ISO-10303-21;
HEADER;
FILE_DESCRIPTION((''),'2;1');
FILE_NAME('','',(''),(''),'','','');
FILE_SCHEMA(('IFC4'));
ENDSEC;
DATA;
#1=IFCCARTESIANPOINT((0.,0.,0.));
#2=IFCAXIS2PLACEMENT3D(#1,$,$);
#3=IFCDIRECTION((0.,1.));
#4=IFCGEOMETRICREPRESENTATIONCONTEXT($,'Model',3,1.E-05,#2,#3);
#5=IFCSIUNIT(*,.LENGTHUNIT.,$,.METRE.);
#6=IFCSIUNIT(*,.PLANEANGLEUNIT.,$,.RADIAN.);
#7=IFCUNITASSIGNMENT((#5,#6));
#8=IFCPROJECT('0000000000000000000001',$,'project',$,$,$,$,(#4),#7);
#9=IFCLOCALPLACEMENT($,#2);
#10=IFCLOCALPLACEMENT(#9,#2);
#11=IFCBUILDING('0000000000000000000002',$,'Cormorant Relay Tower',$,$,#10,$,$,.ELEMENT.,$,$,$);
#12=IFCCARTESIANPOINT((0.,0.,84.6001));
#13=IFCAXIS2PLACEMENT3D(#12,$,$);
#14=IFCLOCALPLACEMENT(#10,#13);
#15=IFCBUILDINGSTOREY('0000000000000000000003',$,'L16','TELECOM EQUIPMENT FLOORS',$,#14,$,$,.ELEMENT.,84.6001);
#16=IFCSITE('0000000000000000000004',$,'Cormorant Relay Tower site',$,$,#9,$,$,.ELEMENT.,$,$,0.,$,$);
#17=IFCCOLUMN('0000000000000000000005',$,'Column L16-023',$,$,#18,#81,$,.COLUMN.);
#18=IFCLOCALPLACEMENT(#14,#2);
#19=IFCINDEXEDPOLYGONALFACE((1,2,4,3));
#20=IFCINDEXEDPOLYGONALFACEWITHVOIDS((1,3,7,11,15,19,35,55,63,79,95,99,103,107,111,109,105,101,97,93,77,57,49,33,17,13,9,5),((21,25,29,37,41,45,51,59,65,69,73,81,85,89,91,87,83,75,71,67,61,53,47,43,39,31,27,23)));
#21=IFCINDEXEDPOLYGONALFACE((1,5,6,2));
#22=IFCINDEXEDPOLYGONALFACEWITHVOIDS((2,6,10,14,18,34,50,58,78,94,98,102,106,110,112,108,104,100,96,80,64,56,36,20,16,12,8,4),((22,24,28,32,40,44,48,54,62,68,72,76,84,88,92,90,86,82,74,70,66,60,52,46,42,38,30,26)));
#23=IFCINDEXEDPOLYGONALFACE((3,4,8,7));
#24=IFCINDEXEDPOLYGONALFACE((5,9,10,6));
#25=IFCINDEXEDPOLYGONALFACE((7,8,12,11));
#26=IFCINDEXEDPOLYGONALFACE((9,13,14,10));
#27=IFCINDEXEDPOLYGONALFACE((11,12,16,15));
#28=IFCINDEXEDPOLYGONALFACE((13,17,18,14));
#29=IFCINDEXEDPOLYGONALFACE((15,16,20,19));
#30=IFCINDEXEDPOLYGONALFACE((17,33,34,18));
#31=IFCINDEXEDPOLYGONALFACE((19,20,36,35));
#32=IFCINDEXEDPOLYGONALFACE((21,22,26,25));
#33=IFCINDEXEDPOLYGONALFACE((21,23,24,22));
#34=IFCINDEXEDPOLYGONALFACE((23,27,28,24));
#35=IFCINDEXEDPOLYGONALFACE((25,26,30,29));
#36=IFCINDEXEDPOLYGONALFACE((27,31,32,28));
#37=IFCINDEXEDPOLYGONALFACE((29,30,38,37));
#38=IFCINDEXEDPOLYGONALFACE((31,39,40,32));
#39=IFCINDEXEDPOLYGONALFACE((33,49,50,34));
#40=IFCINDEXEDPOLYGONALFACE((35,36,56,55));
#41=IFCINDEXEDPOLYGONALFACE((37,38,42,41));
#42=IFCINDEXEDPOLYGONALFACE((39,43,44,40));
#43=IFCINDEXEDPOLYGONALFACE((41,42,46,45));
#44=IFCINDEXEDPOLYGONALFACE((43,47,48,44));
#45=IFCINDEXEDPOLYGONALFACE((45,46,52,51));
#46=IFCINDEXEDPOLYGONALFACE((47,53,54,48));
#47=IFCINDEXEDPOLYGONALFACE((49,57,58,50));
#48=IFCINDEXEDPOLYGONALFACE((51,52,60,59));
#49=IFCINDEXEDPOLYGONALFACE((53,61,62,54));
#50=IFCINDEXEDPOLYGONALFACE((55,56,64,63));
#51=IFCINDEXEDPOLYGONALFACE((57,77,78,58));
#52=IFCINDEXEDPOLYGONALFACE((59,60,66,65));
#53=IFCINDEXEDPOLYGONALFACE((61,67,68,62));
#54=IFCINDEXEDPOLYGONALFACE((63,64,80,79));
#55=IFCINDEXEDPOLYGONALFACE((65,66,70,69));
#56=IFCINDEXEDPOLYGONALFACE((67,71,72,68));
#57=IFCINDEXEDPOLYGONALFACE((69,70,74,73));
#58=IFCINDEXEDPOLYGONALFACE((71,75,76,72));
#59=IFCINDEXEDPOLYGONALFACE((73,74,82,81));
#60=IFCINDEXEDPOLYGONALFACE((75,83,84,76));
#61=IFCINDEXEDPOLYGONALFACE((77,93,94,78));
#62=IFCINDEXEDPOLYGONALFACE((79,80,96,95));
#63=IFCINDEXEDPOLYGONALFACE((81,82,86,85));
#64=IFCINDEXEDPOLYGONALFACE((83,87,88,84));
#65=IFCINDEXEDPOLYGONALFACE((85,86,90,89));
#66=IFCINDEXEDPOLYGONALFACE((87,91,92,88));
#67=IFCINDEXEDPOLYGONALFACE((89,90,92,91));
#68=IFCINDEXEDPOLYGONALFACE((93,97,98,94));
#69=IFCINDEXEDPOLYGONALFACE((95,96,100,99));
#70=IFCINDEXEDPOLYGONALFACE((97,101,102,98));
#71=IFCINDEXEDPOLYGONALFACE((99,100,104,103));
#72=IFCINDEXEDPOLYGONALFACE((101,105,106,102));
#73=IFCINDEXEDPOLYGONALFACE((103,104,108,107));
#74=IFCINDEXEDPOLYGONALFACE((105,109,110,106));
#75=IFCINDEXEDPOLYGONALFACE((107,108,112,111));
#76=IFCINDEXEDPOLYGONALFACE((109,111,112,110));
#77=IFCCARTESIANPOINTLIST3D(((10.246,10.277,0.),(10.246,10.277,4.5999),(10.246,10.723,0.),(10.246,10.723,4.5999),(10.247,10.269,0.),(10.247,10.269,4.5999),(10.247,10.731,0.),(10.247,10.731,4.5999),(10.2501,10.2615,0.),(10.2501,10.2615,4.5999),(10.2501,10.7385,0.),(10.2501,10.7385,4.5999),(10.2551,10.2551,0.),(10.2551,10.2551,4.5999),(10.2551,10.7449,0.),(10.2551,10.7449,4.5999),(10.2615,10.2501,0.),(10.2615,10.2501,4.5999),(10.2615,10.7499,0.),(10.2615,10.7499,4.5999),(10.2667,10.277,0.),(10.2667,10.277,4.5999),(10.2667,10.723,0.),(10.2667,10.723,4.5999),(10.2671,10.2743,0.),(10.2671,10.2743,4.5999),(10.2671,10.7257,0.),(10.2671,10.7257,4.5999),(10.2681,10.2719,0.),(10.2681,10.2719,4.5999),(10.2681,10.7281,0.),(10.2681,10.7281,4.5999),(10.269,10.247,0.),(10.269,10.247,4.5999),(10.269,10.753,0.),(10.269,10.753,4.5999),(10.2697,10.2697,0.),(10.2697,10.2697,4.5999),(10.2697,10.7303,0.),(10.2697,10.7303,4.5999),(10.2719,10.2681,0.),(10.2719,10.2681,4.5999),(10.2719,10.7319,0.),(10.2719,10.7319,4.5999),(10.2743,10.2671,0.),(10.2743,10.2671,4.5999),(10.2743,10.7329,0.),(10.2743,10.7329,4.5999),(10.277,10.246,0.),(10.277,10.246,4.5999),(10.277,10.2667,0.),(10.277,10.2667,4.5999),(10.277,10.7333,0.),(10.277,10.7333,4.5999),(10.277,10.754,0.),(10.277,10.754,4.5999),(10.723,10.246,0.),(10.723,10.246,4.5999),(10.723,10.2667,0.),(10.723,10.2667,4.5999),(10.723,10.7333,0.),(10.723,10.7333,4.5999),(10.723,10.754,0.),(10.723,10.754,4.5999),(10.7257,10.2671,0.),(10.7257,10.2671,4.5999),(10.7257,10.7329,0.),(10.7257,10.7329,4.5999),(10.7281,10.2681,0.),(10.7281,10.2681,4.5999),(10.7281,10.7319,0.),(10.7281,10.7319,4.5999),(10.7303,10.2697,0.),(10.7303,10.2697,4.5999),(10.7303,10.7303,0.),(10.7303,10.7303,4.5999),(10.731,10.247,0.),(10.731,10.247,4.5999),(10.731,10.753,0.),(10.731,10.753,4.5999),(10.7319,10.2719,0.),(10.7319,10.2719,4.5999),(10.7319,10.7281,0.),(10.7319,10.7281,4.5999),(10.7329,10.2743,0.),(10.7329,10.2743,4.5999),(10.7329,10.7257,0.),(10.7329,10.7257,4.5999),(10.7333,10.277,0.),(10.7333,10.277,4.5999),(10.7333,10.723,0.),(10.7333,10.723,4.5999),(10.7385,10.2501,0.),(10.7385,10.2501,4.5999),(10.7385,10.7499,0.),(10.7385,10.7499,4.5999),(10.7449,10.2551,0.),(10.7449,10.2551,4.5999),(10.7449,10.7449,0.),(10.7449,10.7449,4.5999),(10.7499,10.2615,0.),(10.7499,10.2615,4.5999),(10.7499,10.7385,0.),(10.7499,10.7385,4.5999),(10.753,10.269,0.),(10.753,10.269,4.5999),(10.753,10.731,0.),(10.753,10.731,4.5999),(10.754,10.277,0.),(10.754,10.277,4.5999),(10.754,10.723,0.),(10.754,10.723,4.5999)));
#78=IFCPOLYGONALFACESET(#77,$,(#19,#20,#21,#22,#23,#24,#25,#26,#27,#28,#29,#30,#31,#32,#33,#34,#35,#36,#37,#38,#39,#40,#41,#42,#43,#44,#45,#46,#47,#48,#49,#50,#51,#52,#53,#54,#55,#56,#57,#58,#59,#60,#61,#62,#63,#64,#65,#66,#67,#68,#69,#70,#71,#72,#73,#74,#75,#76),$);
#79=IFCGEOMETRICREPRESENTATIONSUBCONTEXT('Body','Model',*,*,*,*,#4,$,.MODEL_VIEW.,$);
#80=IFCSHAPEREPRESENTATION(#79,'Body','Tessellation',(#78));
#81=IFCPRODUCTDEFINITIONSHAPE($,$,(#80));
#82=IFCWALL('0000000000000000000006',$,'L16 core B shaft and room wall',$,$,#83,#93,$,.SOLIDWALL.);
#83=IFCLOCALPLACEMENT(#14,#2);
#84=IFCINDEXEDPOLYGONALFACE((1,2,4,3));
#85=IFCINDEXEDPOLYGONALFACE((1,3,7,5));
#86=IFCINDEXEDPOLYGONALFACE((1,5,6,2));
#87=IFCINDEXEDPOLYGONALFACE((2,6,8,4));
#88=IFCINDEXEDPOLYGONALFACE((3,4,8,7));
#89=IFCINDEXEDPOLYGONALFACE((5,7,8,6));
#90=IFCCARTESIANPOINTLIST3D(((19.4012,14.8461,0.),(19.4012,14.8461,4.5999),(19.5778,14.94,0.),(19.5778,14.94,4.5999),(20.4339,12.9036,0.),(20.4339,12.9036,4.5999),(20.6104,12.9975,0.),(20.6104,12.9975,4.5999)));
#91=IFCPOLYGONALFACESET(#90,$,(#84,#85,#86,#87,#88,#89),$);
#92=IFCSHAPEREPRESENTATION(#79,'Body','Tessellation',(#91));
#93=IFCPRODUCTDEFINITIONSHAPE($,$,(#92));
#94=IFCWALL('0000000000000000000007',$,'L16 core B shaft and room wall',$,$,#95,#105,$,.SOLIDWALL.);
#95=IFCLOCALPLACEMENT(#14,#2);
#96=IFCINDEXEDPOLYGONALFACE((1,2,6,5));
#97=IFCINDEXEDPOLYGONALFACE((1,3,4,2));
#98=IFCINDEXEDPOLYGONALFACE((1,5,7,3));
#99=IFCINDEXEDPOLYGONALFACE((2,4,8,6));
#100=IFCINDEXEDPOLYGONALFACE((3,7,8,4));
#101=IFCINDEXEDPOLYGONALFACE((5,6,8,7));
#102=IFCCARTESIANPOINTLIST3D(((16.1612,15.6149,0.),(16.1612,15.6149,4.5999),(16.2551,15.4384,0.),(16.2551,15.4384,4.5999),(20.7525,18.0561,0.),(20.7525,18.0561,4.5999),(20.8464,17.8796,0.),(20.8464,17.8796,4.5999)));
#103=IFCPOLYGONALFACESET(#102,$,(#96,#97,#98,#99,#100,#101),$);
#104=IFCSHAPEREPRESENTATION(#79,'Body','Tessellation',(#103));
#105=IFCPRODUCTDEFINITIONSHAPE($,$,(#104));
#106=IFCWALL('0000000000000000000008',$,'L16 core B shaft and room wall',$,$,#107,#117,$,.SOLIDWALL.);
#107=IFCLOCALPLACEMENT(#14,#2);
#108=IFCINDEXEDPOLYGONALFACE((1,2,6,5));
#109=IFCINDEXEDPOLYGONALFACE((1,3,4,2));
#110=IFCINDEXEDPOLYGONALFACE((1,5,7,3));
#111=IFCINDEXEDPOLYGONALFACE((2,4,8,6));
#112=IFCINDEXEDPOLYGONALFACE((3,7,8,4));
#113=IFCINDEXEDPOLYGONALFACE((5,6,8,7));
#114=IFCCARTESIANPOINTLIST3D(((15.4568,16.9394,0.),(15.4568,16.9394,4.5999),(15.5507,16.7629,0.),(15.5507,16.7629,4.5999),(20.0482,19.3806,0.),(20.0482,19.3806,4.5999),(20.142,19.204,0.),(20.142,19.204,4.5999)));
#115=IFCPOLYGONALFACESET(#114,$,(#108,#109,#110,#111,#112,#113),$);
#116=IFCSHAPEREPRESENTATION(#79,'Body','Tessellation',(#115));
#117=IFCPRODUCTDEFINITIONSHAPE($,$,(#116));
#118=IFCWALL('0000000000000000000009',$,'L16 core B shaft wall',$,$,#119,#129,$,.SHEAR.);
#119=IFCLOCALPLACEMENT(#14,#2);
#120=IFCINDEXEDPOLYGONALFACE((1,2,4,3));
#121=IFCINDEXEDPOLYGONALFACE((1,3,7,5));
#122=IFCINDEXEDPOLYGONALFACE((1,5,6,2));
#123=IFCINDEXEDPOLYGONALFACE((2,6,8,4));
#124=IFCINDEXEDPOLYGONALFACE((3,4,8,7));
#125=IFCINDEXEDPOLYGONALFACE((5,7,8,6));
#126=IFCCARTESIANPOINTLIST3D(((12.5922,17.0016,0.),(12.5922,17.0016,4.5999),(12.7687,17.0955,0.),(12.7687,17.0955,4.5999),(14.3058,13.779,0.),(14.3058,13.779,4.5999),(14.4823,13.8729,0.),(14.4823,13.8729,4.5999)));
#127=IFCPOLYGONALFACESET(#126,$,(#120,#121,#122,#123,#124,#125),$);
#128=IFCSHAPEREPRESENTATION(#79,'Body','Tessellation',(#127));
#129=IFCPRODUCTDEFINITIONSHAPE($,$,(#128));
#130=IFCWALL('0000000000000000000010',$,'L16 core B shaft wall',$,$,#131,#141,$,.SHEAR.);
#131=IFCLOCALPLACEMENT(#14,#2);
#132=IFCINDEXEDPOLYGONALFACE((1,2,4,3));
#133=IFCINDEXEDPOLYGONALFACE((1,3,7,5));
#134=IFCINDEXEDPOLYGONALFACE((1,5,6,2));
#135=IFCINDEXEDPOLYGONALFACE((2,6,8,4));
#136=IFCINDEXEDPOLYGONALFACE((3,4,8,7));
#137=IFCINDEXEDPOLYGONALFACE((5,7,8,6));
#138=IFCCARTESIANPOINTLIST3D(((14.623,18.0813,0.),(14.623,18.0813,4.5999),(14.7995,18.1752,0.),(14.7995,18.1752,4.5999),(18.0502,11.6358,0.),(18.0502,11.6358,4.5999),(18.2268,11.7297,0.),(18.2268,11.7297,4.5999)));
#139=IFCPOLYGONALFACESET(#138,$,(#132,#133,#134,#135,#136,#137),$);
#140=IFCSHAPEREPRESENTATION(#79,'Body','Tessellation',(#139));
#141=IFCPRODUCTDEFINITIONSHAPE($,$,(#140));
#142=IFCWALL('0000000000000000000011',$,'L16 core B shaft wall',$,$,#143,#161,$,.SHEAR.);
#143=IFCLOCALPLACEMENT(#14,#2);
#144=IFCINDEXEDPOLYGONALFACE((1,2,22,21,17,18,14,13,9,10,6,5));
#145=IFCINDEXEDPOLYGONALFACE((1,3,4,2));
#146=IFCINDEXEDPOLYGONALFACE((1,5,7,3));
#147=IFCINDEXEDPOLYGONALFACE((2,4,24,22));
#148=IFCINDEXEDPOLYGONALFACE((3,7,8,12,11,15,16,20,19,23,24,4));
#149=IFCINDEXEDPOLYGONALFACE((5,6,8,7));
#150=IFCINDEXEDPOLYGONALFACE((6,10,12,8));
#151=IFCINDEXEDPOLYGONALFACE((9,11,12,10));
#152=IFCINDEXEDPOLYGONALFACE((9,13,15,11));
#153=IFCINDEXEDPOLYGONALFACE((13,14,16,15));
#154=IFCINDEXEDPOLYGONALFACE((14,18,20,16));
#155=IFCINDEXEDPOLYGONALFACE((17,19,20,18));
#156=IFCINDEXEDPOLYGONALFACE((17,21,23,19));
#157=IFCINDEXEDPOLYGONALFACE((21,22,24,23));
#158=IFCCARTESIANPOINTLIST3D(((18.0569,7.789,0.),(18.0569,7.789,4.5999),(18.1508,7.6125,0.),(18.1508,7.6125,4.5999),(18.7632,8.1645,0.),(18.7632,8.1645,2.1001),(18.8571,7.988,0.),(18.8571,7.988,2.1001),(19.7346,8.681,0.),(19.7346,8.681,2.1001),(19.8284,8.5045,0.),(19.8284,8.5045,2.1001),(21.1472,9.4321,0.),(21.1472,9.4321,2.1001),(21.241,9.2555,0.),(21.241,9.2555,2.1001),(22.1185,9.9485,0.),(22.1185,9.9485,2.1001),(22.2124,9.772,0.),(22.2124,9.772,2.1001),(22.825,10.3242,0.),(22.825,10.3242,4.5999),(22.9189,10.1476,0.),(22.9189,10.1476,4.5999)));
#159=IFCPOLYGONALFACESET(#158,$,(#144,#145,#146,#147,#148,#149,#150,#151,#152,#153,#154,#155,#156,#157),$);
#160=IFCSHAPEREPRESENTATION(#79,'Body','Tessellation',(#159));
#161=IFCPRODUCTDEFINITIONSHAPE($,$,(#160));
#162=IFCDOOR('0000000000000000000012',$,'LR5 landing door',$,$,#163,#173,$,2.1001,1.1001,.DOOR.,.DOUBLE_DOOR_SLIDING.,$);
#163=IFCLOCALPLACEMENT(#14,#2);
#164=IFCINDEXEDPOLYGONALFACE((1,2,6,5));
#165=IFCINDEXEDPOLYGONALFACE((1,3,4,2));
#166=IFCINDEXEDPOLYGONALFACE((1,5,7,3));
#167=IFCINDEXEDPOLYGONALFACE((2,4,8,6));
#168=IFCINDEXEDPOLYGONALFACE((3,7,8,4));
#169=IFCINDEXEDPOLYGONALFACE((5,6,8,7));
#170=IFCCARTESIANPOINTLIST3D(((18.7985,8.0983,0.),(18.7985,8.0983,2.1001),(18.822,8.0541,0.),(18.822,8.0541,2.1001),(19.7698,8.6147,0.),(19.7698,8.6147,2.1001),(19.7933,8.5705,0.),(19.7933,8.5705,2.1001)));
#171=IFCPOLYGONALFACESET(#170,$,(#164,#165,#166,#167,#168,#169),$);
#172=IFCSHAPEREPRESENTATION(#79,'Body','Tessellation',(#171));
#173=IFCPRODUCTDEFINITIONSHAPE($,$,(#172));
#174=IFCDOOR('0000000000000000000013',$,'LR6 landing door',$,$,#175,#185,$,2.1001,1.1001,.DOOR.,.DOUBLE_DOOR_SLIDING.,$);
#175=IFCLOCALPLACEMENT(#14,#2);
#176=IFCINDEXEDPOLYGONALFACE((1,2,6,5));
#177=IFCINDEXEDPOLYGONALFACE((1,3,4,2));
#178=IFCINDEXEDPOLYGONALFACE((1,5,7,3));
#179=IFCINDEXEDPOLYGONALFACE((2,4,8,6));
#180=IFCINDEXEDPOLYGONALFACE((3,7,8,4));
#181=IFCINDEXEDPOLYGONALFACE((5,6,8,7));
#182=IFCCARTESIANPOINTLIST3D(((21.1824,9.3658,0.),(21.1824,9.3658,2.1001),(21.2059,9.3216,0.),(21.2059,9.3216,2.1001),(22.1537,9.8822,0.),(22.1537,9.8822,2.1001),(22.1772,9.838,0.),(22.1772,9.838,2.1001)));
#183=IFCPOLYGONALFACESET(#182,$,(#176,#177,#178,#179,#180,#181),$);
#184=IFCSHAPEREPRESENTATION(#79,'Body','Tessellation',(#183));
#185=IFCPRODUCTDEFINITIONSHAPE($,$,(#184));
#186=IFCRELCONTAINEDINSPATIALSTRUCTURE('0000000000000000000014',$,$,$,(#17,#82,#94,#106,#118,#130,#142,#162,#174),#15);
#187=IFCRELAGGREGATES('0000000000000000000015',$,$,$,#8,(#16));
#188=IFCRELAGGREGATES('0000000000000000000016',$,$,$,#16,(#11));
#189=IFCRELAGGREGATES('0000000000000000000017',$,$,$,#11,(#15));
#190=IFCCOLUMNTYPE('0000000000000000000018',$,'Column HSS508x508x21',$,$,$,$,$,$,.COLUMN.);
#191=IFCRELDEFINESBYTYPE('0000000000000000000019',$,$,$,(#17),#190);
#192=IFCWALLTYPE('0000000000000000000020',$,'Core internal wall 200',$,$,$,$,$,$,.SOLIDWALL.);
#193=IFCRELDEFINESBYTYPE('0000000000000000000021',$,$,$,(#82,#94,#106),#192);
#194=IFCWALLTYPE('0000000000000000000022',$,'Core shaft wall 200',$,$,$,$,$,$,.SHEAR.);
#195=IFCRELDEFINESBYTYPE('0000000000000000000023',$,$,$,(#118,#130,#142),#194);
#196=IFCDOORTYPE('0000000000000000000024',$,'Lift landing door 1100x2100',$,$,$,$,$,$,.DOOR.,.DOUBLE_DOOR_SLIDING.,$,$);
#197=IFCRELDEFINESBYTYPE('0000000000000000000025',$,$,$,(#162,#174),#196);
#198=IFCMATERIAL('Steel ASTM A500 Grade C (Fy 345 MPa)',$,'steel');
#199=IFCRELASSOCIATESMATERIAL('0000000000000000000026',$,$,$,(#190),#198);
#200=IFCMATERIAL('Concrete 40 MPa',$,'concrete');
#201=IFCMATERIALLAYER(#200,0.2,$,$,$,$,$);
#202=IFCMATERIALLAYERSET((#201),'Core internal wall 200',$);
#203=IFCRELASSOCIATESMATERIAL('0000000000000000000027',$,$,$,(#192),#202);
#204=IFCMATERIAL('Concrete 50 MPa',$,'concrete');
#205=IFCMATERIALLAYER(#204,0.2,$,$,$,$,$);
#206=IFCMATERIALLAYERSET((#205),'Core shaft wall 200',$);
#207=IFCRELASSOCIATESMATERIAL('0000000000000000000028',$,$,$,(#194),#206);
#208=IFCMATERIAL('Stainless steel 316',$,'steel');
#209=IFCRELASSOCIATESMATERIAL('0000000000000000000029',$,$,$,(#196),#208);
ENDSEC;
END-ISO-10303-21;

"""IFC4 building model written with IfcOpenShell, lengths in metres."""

from ifc_helpers import new_model, si_unit, direction, frame, frame_2d, origin, origin_2d, place, context, subcontext, project, spatial, rectangle, hollow_rectangle, extrude, material, layer, layer_set, material_profile, profile_set, type_object, element, fill, save


model = new_model("IFC4")

# Units and contexts
model_context = context("Model", 3, precision=1e-05, world=origin(), true_north=direction((0.0, 1.0)))
body_context = subcontext(model_context, "Body", "Model", "MODEL_VIEW")
ifc_project = project(units=[si_unit("LENGTHUNIT", "METRE"), si_unit("PLANEANGLEUNIT", "RADIAN")], contexts=[model_context])

# Site, building, storey
site_placement = place(None, origin())
site = spatial("IfcSite", under=ifc_project, at=site_placement, Name="Cormorant Relay Tower site", CompositionType="ELEMENT", RefElevation=0.0)
building_placement = place(site_placement, origin())
building = spatial("IfcBuilding", under=site, at=building_placement, Name="Cormorant Relay Tower", CompositionType="ELEMENT")
storey_placement = place(building_placement, frame((0.0, 0.0, 84.6001)))
storey = spatial("IfcBuildingStorey", under=building, at=storey_placement, Name="L16", Description="TELECOM EQUIPMENT FLOORS", CompositionType="ELEMENT", Elevation=84.6001)

# Column
ifc_material_1 = material(Name="Steel ASTM A500 Grade C (Fy 345 MPa)", Category="steel")
ifc_material_profile = material_profile(ifc_material_1, hollow_rectangle(XDim=0.5081, YDim=0.5081, WallThickness=0.0208, InnerFilletRadius=0.0103, OuterFilletRadius=0.031, at=origin_2d()), Name="HSS508x508x21")
ifc_profile_set = profile_set([ifc_material_profile], Name="Steel ASTM A500 Grade C (Fy 345 MPa)")
column_type = type_object("IfcColumnType", Name="Column HSS508x508x21", PredefinedType="COLUMN", material=ifc_profile_set)
column_placement = place(storey_placement, frame((10.5, 10.5, 0.0), z_axis=(0.0, 0.0, 1.0), x_axis=(1.0, 0.0, 0.0)))
element("IfcColumn", 1, at=column_placement, inside=storey, type_object=column_type, Name="Column L16-023", PredefinedType="COLUMN", context=body_context, shape_type="SweptSolid", body=[
    extrude(hollow_rectangle(XDim=0.5081, YDim=0.5081, WallThickness=0.0208, InnerFilletRadius=0.0103, OuterFilletRadius=0.031, at=origin_2d()), origin(), (0.0, 0.0, 1.0), 4.5999),
])

# Walls
ifc_material_2 = material(Name="Concrete 40 MPa", Category="concrete")
ifc_layer_1 = layer(ifc_material_2, 0.2)
ifc_layer_set_1 = layer_set([ifc_layer_1], Name="Core internal wall 200")
wall_type_1 = type_object("IfcWallType", Name="Core internal wall 200", PredefinedType="SOLIDWALL", material=ifc_layer_set_1)
wall_1_placement = place(storey_placement, frame((20.5222, 12.9504, 0.0), z_axis=(0.0, 0.0, 1.0), x_axis=(-0.469401, 0.882985, 0.0)))
element("IfcWall", 2, at=wall_1_placement, inside=storey, type_object=wall_type_1, Name="L16 core B shaft and room wall", PredefinedType="SOLIDWALL", context=body_context, shape_type="SweptSolid", body=[
    extrude(rectangle(XDim=2.2, YDim=0.2, at=frame_2d((1.1001, 0.0))), origin(), (0.0, 0.0, 1.0), 4.5999),
])
for number, where, z_axis, x_axis, name in (
    (3, (16.208, 15.5266, 0.0), (0.0, 0.0, 1.0), (0.882954, 0.46946, 0.0), "L16 core B shaft and room wall"),
    (4, (15.5037, 16.8511, 0.0), (0.0, 0.0, 1.0), (0.882954, 0.46946, 0.0), "L16 core B shaft and room wall"),
):
    element("IfcWall", number, at=place(storey_placement, frame(where, z_axis=z_axis, x_axis=x_axis)), inside=storey, type_object=wall_type_1, Name=name, PredefinedType="SOLIDWALL", context=body_context, shape_type="SweptSolid", body=[
        extrude(rectangle(XDim=5.2, YDim=0.2, at=frame_2d((2.6001, 0.0))), origin(), (0.0, 0.0, 1.0), 4.5999),
    ])
ifc_material_3 = material(Name="Concrete 50 MPa", Category="concrete")
ifc_layer_2 = layer(ifc_material_3, 0.2)
ifc_layer_set_2 = layer_set([ifc_layer_2], Name="Core shaft wall 200")
wall_type_2 = type_object("IfcWallType", Name="Core shaft wall 200", PredefinedType="SHEAR", material=ifc_layer_set_2)
wall_2_placement = place(storey_placement, frame((14.394, 13.8259, 0.0), z_axis=(0.0, 0.0, 1.0), x_axis=(-0.469494, 0.882936, 0.0)))
element("IfcWall", 5, at=wall_2_placement, inside=storey, type_object=wall_type_2, Name="L16 core B shaft wall", PredefinedType="SHEAR", context=body_context, shape_type="SweptSolid", body=[
    extrude(rectangle(XDim=3.6499, YDim=0.2, at=frame_2d((1.825, 0.0))), origin(), (0.0, 0.0, 1.0), 4.5999),
])
wall_3_placement = place(storey_placement, frame((18.1384, 11.6829, 0.0), z_axis=(0.0, 0.0, 1.0), x_axis=(-0.46948, 0.882943, 0.0)))
element("IfcWall", 6, at=wall_3_placement, inside=storey, type_object=wall_type_2, Name="L16 core B shaft wall", PredefinedType="SHEAR", context=body_context, shape_type="SweptSolid", body=[
    extrude(rectangle(XDim=7.3, YDim=0.2, at=frame_2d((3.6499, 0.0))), origin(), (0.0, 0.0, 1.0), 4.5999),
])

# Wall, openings, doors
wall_4_placement = place(storey_placement, frame((18.1038, 7.7007, 0.0), z_axis=(0.0, 0.0, 1.0), x_axis=(0.882953, 0.469462, 0.0)))
wall_4 = element("IfcWall", 7, at=wall_4_placement, inside=storey, type_object=wall_type_2, Name="L16 core B shaft wall", PredefinedType="SHEAR", context=body_context, shape_type="SweptSolid", body=[
    extrude(rectangle(XDim=5.4001, YDim=0.2, at=frame_2d((2.7002, 0.0))), origin(), (0.0, 0.0, 1.0), 4.5999),
])
opening_1_placement = place(wall_4_placement, frame((0.8, 0.0, 0.0)))
opening_1 = element("IfcOpeningElement", 8, at=opening_1_placement, cuts=wall_4, PredefinedType="OPENING", context=body_context, shape_type="SweptSolid", body=[
    extrude(rectangle(XDim=1.1001, YDim=2.1001, at=frame_2d((0.55, 1.05))), frame((0.0, 0.1099, 0.0), z_axis=(0.0, -1.0, 0.0), x_axis=(1.0, 0.0, 0.0)), (0.0, 0.0, 1.0), 0.22),
])
opening_2_placement = place(wall_4_placement, frame((3.5, 0.0, 0.0)))
opening_2 = element("IfcOpeningElement", 9, at=opening_2_placement, cuts=wall_4, PredefinedType="OPENING", context=body_context, shape_type="SweptSolid", body=[
    extrude(rectangle(XDim=1.1001, YDim=2.1001, at=frame_2d((0.55, 1.05))), frame((0.0, 0.1099, 0.0), z_axis=(0.0, -1.0, 0.0), x_axis=(1.0, 0.0, 0.0)), (0.0, 0.0, 1.0), 0.22),
])
ifc_material_4 = material(Name="Stainless steel 316", Category="steel")
door_type_1 = type_object("IfcDoorType", Name="Lift landing door 1100x2100", OperationType="DOUBLE_DOOR_SLIDING", PredefinedType="DOOR", material=ifc_material_4)
door_1_placement = place(opening_1_placement, origin())
door_1 = element("IfcDoor", 10, at=door_1_placement, inside=storey, type_object=door_type_1, Name="LR5 landing door", OperationType="DOUBLE_DOOR_SLIDING", OverallHeight=2.1001, OverallWidth=1.1001, PredefinedType="DOOR", context=body_context, shape_type="SweptSolid", body=[
    extrude(rectangle(XDim=1.1001, YDim=2.1001, at=frame_2d((0.55, 1.05))), frame((0.0, 0.0249, 0.0), z_axis=(0.0, -1.0, 0.0), x_axis=(1.0, 0.0, 0.0)), (0.0, 0.0, 1.0), 0.05),
])
fill(opening_1, door_1)
door_2_placement = place(opening_2_placement, origin())
door_2 = element("IfcDoor", 11, at=door_2_placement, inside=storey, type_object=door_type_1, Name="LR6 landing door", OperationType="DOUBLE_DOOR_SLIDING", OverallHeight=2.1001, OverallWidth=1.1001, PredefinedType="DOOR", context=body_context, shape_type="SweptSolid", body=[
    extrude(rectangle(XDim=1.1001, YDim=2.1001, at=frame_2d((0.55, 1.05))), frame((0.0, 0.0249, 0.0), z_axis=(0.0, -1.0, 0.0), x_axis=(1.0, 0.0, 0.0)), (0.0, 0.0, 1.0), 0.05),
])
fill(opening_2, door_2)

save(model, "model.ifc")
